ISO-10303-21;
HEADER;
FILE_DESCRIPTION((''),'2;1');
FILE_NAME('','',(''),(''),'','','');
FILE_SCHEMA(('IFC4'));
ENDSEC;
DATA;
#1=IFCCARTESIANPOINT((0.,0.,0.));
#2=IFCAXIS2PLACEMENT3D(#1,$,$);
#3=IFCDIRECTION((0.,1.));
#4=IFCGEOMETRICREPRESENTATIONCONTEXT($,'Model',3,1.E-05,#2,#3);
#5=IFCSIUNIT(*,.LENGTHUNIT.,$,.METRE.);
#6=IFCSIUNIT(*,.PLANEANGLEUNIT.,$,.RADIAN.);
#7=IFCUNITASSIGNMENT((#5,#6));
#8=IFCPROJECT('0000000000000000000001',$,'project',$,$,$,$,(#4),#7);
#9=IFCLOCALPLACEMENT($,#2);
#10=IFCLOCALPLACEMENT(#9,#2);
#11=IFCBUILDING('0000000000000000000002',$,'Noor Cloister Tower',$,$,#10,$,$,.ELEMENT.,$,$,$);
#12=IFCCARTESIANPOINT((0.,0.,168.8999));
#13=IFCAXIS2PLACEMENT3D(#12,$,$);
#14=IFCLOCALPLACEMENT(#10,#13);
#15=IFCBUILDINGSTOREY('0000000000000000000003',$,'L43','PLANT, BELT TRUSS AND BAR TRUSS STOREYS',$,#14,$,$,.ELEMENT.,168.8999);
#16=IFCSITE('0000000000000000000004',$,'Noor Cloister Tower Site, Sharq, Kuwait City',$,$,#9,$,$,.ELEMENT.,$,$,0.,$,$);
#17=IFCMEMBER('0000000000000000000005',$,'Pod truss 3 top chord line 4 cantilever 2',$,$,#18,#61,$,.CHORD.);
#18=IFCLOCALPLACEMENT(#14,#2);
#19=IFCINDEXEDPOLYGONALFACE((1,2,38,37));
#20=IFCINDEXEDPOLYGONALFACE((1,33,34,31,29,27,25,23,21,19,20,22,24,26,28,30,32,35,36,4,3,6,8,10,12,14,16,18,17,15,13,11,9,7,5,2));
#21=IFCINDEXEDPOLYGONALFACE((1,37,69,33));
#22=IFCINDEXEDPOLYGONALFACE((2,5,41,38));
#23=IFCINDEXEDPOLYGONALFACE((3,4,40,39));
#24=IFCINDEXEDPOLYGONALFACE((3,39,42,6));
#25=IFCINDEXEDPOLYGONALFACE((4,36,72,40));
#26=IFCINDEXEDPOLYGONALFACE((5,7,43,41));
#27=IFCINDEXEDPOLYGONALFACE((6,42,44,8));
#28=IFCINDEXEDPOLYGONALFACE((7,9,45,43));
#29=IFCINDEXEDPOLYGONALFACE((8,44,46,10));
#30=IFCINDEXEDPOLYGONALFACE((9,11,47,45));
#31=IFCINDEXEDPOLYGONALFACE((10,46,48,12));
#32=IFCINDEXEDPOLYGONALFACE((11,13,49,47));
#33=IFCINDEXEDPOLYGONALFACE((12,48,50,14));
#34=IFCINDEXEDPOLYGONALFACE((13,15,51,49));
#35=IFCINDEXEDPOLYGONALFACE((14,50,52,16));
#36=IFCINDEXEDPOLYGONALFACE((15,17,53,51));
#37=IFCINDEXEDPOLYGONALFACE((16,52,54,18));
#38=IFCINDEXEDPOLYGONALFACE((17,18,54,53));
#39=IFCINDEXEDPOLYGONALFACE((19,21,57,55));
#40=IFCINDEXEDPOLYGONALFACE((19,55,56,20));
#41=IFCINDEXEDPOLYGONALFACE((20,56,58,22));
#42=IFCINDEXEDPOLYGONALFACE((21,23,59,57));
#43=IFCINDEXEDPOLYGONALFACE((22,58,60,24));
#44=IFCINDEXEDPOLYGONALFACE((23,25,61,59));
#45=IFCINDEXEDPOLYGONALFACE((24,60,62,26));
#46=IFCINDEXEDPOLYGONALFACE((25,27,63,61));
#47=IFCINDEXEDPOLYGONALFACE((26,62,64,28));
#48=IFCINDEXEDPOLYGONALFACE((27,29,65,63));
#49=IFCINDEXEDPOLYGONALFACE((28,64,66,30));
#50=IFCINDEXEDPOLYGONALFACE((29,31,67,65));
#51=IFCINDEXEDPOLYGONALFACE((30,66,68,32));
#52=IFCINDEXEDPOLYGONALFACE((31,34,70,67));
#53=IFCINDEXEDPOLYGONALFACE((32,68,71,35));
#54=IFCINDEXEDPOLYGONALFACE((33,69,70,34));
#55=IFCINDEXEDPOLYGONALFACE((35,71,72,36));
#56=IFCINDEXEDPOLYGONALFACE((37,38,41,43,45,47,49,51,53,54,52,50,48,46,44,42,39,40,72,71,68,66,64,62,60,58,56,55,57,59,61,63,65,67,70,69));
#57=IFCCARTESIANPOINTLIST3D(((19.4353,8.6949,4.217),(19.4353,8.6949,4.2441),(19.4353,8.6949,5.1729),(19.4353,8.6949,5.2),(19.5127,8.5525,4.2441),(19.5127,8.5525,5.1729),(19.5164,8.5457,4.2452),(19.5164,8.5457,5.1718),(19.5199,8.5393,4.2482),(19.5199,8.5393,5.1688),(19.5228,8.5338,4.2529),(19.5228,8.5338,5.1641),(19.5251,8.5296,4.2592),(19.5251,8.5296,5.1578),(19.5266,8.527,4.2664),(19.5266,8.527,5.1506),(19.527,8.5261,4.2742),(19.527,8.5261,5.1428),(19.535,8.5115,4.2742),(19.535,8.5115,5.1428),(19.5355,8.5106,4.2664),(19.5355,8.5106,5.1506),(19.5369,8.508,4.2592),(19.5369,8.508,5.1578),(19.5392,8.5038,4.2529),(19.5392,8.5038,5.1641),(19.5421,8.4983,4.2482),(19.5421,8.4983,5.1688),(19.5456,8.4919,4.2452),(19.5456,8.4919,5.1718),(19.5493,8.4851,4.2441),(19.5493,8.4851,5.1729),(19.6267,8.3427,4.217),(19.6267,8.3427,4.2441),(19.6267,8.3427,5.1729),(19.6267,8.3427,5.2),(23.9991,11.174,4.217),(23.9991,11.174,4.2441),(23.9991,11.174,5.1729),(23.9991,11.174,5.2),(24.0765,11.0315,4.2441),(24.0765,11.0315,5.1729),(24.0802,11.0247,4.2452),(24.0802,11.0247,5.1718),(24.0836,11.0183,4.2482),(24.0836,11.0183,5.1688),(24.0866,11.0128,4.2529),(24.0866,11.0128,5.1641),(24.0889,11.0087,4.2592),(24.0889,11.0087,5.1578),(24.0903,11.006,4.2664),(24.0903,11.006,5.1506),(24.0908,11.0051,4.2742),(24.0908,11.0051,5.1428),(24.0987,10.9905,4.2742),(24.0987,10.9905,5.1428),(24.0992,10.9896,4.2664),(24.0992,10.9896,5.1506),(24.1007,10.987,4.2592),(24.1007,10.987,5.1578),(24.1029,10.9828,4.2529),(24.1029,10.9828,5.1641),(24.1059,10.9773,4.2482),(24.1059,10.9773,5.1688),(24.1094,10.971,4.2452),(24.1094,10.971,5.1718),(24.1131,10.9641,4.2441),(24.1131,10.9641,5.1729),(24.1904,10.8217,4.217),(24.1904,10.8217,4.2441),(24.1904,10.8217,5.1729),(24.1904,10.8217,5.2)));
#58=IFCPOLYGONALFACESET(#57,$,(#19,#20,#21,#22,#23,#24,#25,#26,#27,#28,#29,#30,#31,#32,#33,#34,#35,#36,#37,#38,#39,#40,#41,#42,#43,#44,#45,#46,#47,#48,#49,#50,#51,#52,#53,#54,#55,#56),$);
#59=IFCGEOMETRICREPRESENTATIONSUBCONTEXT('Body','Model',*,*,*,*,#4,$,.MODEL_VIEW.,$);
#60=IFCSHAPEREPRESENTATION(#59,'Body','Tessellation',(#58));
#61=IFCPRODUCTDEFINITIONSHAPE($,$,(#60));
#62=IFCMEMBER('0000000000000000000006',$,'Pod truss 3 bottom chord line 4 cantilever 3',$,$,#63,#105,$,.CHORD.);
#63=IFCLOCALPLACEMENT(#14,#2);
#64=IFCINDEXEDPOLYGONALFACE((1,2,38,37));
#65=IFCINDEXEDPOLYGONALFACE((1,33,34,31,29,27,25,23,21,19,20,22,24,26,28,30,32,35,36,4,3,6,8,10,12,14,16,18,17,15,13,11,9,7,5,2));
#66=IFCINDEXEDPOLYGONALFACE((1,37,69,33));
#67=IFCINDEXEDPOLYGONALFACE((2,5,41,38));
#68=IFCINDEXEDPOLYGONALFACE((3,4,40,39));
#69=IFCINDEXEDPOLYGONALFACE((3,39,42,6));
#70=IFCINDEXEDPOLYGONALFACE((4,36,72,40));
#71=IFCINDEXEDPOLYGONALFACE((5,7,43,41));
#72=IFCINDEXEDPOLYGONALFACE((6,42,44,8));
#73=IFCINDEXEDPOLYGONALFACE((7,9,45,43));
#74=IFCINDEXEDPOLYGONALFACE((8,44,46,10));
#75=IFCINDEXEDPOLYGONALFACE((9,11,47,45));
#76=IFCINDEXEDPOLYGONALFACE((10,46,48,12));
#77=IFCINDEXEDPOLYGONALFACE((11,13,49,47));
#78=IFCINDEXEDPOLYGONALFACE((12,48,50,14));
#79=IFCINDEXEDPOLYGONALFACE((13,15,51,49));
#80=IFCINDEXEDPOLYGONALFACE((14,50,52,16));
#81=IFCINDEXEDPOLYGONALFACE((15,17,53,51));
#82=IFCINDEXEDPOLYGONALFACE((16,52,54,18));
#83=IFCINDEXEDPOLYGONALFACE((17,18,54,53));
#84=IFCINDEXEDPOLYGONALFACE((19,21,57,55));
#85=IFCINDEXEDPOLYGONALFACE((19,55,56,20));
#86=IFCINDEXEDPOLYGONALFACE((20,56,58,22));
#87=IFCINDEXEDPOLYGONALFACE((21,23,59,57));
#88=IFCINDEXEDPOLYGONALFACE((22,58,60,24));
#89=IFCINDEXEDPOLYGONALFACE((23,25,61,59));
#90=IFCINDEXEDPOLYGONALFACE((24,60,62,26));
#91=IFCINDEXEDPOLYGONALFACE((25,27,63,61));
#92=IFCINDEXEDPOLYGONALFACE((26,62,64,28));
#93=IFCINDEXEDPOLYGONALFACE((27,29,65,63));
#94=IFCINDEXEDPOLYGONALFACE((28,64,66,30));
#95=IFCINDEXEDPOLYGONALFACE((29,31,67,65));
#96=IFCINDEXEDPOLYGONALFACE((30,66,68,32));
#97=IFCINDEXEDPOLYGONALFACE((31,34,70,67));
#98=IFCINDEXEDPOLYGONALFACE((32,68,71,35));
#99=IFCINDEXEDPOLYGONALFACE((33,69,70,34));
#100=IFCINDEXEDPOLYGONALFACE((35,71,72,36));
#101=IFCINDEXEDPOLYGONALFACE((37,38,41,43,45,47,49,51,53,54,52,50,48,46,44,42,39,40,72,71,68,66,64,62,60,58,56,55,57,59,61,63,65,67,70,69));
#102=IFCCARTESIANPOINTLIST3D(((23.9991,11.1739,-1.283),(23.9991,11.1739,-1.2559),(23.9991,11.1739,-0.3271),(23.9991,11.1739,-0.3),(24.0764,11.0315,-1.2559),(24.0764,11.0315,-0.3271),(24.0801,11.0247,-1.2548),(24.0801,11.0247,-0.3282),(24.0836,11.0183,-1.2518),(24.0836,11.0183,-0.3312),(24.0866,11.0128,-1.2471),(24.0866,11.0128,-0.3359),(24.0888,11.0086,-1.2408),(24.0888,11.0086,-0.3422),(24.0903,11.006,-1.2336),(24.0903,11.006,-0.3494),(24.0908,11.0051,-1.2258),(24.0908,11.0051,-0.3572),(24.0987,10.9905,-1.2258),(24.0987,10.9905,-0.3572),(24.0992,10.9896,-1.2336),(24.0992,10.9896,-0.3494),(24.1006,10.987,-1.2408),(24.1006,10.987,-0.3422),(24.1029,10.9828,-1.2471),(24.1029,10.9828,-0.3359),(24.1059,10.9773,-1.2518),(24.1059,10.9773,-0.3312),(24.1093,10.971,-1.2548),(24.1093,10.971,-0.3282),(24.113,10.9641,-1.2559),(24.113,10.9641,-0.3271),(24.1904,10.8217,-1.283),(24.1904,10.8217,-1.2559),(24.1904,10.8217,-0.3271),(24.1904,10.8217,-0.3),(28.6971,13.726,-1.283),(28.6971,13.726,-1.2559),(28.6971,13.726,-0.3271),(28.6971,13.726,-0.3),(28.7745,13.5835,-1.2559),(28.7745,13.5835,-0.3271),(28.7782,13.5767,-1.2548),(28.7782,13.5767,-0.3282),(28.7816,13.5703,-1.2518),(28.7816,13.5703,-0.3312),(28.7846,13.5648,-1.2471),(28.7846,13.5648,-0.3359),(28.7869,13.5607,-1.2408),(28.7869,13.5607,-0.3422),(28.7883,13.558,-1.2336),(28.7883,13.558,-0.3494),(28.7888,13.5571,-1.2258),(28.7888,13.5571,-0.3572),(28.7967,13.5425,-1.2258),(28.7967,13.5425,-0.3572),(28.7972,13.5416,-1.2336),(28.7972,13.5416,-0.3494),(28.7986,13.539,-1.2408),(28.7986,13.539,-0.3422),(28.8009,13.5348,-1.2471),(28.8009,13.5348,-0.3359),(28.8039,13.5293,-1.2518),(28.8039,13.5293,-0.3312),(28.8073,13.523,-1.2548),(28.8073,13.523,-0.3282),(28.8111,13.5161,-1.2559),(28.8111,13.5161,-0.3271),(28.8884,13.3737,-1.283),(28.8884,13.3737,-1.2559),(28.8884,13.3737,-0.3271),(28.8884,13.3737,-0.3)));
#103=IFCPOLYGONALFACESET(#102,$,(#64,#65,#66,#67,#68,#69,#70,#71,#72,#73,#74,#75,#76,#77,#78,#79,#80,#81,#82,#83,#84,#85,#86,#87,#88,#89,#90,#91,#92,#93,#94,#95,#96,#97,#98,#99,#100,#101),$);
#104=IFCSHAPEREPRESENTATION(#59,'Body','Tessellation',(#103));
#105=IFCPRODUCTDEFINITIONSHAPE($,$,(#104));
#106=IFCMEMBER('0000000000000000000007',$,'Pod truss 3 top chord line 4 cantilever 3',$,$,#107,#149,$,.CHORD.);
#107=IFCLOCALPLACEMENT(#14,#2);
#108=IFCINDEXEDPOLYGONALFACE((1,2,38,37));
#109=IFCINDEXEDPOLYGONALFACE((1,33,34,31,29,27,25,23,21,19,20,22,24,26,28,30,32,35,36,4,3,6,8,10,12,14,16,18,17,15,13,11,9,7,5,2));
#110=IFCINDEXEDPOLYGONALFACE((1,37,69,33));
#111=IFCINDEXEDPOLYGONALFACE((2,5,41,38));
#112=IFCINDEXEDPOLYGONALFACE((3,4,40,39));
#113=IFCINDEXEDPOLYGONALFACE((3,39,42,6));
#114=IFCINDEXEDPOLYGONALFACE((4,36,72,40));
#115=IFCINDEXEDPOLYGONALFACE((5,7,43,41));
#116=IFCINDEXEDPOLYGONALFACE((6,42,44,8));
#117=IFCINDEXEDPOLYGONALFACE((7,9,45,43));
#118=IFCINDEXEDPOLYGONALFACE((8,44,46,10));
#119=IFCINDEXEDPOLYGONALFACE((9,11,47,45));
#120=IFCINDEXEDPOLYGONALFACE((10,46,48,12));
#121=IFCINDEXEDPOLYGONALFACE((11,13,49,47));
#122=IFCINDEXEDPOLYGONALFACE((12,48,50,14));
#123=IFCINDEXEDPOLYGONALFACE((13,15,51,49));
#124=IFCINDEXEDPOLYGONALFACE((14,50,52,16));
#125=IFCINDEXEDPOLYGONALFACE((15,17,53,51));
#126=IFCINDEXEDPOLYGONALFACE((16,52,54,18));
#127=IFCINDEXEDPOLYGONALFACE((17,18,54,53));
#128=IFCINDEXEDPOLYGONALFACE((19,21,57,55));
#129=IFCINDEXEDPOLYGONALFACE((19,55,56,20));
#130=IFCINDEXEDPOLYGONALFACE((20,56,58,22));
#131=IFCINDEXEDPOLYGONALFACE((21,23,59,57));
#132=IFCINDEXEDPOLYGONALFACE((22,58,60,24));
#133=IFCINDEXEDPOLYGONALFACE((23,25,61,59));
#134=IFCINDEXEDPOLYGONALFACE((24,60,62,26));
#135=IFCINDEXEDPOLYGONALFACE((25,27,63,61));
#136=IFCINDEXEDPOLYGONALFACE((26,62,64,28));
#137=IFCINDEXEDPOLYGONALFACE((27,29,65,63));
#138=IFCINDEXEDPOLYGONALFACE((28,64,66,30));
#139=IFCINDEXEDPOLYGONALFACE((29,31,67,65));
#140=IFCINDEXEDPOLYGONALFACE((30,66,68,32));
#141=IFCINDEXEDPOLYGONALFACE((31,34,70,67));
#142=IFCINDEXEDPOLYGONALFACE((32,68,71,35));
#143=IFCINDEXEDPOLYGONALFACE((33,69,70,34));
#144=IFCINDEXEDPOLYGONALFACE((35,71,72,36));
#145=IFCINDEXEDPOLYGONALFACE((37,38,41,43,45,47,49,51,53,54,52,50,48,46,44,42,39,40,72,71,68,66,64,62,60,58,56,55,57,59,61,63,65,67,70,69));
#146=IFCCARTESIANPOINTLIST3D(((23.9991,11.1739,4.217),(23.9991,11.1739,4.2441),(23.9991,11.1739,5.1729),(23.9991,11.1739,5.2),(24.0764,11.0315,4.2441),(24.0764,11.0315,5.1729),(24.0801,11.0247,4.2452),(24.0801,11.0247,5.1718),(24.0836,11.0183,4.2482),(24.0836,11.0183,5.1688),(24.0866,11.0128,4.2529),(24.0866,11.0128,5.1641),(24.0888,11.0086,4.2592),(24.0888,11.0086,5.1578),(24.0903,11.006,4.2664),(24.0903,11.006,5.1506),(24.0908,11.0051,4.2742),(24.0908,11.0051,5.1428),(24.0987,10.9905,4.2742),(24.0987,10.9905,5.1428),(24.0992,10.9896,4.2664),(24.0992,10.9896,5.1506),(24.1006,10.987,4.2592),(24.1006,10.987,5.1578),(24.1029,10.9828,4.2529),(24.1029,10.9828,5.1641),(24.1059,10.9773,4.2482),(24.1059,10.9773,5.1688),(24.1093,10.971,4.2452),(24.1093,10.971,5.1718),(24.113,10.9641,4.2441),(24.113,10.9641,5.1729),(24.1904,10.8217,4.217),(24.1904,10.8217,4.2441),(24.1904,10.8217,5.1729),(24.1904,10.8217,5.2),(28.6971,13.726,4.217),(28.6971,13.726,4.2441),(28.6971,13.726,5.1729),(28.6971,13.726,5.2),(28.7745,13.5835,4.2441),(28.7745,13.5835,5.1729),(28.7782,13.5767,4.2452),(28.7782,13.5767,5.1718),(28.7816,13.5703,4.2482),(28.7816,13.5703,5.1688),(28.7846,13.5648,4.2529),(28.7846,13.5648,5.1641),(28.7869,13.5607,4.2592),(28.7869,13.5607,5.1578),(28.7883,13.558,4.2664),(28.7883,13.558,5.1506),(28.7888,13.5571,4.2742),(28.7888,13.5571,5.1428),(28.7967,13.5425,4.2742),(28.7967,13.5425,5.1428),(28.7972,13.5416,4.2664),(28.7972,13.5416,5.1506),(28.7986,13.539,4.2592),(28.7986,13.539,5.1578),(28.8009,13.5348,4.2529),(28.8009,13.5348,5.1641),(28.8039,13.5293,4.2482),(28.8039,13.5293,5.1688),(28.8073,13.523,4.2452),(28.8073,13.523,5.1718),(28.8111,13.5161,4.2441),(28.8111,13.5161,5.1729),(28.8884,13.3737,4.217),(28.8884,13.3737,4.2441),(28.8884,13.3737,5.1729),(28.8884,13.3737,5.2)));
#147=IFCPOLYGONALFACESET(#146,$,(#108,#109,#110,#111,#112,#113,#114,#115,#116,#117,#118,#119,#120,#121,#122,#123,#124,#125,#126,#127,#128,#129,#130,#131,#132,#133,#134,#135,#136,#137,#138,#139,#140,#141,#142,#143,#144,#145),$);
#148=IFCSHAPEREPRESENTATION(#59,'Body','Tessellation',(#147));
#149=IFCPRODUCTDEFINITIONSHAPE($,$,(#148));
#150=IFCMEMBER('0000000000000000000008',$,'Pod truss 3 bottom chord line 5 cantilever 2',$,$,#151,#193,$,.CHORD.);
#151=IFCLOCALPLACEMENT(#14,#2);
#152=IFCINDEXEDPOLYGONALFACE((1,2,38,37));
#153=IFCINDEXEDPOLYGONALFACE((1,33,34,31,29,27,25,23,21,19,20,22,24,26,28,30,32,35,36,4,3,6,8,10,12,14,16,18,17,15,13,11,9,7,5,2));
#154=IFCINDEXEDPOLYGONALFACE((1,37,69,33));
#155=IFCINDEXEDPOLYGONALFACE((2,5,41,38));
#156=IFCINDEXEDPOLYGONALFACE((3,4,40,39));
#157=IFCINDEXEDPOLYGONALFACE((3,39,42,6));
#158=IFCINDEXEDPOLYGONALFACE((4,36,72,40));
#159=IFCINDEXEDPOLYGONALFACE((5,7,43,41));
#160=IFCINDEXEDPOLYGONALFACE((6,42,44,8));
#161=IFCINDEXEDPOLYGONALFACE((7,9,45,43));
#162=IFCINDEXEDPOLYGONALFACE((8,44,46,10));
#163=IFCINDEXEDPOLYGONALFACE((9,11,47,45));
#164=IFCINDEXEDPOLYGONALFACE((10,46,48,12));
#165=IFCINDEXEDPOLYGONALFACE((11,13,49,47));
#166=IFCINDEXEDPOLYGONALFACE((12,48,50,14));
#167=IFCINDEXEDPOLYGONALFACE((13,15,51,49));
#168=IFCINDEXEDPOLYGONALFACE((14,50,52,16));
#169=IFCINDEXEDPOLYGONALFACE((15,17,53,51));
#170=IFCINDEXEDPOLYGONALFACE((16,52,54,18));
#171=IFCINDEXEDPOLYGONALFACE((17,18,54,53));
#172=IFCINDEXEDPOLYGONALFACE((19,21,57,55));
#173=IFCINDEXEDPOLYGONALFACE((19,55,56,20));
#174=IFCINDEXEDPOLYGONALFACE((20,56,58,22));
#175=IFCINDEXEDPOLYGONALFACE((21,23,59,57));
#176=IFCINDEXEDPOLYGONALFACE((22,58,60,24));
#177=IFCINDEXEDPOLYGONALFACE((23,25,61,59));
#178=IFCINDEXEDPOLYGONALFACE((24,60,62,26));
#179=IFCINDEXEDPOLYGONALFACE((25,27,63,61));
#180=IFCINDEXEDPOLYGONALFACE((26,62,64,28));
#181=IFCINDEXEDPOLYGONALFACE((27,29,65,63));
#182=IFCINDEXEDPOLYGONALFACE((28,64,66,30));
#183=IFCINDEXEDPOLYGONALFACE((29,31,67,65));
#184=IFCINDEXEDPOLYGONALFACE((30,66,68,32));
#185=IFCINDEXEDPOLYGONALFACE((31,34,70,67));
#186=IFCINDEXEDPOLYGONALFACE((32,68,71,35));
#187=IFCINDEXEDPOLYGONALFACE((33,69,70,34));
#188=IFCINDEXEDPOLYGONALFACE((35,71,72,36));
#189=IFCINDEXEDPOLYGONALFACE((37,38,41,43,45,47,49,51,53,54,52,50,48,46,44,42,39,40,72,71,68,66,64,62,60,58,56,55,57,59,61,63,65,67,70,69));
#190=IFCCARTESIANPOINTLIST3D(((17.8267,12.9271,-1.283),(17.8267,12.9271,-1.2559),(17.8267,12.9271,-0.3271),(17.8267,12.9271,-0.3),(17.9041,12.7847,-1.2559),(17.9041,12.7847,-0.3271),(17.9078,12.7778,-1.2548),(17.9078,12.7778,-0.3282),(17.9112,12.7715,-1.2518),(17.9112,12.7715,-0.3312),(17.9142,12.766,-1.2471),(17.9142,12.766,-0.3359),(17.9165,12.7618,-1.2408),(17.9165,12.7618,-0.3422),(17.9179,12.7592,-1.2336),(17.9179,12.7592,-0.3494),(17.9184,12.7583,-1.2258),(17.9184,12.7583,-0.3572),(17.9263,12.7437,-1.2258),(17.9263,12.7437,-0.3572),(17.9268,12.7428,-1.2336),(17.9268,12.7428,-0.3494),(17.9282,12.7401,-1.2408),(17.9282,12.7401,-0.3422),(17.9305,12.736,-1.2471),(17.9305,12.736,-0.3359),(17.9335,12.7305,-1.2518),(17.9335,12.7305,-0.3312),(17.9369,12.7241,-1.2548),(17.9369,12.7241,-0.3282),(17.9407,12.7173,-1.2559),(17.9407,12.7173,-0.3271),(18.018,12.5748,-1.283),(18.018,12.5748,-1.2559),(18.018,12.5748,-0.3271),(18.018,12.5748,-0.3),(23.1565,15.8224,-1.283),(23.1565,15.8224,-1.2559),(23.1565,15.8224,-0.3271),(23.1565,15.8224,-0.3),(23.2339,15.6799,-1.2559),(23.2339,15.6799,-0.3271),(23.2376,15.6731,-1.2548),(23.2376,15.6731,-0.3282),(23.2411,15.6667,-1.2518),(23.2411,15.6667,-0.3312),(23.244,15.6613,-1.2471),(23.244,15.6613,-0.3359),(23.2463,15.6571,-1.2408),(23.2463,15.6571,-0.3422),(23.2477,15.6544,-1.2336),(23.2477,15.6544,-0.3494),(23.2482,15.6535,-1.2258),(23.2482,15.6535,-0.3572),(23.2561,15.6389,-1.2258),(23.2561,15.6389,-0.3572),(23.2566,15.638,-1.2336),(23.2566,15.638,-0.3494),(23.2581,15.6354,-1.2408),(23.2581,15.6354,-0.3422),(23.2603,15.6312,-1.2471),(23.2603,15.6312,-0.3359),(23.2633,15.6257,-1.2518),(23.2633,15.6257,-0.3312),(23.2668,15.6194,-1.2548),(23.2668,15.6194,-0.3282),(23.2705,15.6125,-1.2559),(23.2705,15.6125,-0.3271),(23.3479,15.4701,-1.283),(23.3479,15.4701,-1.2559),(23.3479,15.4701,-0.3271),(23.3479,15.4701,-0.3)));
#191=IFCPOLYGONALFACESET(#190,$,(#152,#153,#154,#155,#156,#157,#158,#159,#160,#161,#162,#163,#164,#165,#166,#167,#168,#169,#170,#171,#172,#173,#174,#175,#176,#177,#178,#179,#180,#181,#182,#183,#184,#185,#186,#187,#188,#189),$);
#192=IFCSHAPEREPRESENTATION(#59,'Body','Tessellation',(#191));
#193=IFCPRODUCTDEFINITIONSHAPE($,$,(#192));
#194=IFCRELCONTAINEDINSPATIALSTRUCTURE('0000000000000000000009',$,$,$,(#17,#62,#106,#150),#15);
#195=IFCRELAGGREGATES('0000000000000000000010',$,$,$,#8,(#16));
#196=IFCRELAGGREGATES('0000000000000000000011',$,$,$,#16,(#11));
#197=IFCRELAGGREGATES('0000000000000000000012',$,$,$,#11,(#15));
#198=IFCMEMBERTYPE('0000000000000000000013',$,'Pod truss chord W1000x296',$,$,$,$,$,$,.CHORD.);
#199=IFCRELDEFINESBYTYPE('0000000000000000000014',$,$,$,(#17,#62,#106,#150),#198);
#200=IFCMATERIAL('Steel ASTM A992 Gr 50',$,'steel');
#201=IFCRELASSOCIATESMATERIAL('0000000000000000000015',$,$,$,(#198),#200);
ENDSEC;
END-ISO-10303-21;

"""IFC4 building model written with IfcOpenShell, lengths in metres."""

from ifc_helpers import new_model, si_unit, direction, frame, origin, origin_2d, place, context, subcontext, project, spatial, i_section, extrude, material, material_profile, profile_set, type_object, element, save


model = new_model("IFC4")

# Units and contexts
model_context = context("Model", 3, precision=1e-05, world=origin(), true_north=direction((0.0, 1.0)))
body_context = subcontext(model_context, "Body", "Model", "MODEL_VIEW")
ifc_project = project(units=[si_unit("LENGTHUNIT", "METRE"), si_unit("PLANEANGLEUNIT", "RADIAN")], contexts=[model_context])

# Site, building, storey
site_placement = place(None, origin())
site = spatial("IfcSite", under=ifc_project, at=site_placement, Name="Noor Cloister Tower Site, Sharq, Kuwait City", CompositionType="ELEMENT", RefElevation=0.0)
building_placement = place(site_placement, origin())
building = spatial("IfcBuilding", under=site, at=building_placement, Name="Noor Cloister Tower", CompositionType="ELEMENT")
storey_placement = place(building_placement, frame((0.0, 0.0, 168.8999)))
storey = spatial("IfcBuildingStorey", under=building, at=storey_placement, Name="L43", Description="PLANT, BELT TRUSS AND BAR TRUSS STOREYS", CompositionType="ELEMENT", Elevation=168.8999)

# Members
ifc_material_1 = material(Name="Steel ASTM A992 Gr 50", Category="steel")
ifc_material_profile_1 = material_profile(ifc_material_1, i_section(OverallWidth=0.4009, OverallDepth=0.9829, WebThickness=0.0166, FlangeThickness=0.0271, FilletRadius=0.03, at=origin_2d()), Name="W1000x296")
ifc_profile_set_1 = profile_set([ifc_material_profile_1], Name="Steel ASTM A992 Gr 50")
member_type_1 = type_object("IfcMemberType", Name="Pod truss chord W1000x296", PredefinedType="CHORD", material=ifc_profile_set_1)
for number, where, z_axis, x_axis, name in (
    (1, (19.531, 8.5188, 4.7085), (0.878728, 0.477323, 0.0), (-0.477323, 0.878728, 0.0), "Pod truss 3 top chord line 4 cantilever 2"),
):
    element("IfcMember", number, at=place(storey_placement, frame(where, z_axis=z_axis, x_axis=x_axis)), inside=storey, type_object=member_type_1, Name=name, PredefinedType="CHORD", context=body_context, shape_type="SweptSolid", body=[
        extrude(i_section(OverallWidth=0.4009, OverallDepth=0.9829, WebThickness=0.0166, FlangeThickness=0.0271, FilletRadius=0.03, at=origin_2d()), origin(), (0.0, 0.0, 1.0), 5.1936),
    ])
for number, where, z_axis, x_axis, name in (
    (2, (24.0947, 10.9978, -0.7915), (0.878723, 0.477332, 0.0), (-0.477332, 0.878723, 0.0), "Pod truss 3 bottom chord line 4 cantilever 3"),
    (3, (24.0947, 10.9978, 4.7085), (0.878723, 0.477332, 0.0), (-0.477332, 0.878723, 0.0), "Pod truss 3 top chord line 4 cantilever 3"),
):
    element("IfcMember", number, at=place(storey_placement, frame(where, z_axis=z_axis, x_axis=x_axis)), inside=storey, type_object=member_type_1, Name=name, PredefinedType="CHORD", context=body_context, shape_type="SweptSolid", body=[
        extrude(i_section(OverallWidth=0.4009, OverallDepth=0.9829, WebThickness=0.0166, FlangeThickness=0.0271, FilletRadius=0.03, at=origin_2d()), origin(), (0.0, 0.0, 1.0), 5.3464),
    ])
for number, where, z_axis, x_axis, name in (
    (4, (17.9224, 12.751, -0.7915), (0.87872, 0.477337, 0.0), (-0.477337, 0.87872, 0.0), "Pod truss 3 bottom chord line 5 cantilever 2"),
):
    element("IfcMember", number, at=place(storey_placement, frame(where, z_axis=z_axis, x_axis=x_axis)), inside=storey, type_object=member_type_1, Name=name, PredefinedType="CHORD", context=body_context, shape_type="SweptSolid", body=[
        extrude(i_section(OverallWidth=0.4009, OverallDepth=0.9829, WebThickness=0.0166, FlangeThickness=0.0271, FilletRadius=0.03, at=origin_2d()), origin(), (0.0, 0.0, 1.0), 6.0654),
    ])

save(model, "model.ifc")
